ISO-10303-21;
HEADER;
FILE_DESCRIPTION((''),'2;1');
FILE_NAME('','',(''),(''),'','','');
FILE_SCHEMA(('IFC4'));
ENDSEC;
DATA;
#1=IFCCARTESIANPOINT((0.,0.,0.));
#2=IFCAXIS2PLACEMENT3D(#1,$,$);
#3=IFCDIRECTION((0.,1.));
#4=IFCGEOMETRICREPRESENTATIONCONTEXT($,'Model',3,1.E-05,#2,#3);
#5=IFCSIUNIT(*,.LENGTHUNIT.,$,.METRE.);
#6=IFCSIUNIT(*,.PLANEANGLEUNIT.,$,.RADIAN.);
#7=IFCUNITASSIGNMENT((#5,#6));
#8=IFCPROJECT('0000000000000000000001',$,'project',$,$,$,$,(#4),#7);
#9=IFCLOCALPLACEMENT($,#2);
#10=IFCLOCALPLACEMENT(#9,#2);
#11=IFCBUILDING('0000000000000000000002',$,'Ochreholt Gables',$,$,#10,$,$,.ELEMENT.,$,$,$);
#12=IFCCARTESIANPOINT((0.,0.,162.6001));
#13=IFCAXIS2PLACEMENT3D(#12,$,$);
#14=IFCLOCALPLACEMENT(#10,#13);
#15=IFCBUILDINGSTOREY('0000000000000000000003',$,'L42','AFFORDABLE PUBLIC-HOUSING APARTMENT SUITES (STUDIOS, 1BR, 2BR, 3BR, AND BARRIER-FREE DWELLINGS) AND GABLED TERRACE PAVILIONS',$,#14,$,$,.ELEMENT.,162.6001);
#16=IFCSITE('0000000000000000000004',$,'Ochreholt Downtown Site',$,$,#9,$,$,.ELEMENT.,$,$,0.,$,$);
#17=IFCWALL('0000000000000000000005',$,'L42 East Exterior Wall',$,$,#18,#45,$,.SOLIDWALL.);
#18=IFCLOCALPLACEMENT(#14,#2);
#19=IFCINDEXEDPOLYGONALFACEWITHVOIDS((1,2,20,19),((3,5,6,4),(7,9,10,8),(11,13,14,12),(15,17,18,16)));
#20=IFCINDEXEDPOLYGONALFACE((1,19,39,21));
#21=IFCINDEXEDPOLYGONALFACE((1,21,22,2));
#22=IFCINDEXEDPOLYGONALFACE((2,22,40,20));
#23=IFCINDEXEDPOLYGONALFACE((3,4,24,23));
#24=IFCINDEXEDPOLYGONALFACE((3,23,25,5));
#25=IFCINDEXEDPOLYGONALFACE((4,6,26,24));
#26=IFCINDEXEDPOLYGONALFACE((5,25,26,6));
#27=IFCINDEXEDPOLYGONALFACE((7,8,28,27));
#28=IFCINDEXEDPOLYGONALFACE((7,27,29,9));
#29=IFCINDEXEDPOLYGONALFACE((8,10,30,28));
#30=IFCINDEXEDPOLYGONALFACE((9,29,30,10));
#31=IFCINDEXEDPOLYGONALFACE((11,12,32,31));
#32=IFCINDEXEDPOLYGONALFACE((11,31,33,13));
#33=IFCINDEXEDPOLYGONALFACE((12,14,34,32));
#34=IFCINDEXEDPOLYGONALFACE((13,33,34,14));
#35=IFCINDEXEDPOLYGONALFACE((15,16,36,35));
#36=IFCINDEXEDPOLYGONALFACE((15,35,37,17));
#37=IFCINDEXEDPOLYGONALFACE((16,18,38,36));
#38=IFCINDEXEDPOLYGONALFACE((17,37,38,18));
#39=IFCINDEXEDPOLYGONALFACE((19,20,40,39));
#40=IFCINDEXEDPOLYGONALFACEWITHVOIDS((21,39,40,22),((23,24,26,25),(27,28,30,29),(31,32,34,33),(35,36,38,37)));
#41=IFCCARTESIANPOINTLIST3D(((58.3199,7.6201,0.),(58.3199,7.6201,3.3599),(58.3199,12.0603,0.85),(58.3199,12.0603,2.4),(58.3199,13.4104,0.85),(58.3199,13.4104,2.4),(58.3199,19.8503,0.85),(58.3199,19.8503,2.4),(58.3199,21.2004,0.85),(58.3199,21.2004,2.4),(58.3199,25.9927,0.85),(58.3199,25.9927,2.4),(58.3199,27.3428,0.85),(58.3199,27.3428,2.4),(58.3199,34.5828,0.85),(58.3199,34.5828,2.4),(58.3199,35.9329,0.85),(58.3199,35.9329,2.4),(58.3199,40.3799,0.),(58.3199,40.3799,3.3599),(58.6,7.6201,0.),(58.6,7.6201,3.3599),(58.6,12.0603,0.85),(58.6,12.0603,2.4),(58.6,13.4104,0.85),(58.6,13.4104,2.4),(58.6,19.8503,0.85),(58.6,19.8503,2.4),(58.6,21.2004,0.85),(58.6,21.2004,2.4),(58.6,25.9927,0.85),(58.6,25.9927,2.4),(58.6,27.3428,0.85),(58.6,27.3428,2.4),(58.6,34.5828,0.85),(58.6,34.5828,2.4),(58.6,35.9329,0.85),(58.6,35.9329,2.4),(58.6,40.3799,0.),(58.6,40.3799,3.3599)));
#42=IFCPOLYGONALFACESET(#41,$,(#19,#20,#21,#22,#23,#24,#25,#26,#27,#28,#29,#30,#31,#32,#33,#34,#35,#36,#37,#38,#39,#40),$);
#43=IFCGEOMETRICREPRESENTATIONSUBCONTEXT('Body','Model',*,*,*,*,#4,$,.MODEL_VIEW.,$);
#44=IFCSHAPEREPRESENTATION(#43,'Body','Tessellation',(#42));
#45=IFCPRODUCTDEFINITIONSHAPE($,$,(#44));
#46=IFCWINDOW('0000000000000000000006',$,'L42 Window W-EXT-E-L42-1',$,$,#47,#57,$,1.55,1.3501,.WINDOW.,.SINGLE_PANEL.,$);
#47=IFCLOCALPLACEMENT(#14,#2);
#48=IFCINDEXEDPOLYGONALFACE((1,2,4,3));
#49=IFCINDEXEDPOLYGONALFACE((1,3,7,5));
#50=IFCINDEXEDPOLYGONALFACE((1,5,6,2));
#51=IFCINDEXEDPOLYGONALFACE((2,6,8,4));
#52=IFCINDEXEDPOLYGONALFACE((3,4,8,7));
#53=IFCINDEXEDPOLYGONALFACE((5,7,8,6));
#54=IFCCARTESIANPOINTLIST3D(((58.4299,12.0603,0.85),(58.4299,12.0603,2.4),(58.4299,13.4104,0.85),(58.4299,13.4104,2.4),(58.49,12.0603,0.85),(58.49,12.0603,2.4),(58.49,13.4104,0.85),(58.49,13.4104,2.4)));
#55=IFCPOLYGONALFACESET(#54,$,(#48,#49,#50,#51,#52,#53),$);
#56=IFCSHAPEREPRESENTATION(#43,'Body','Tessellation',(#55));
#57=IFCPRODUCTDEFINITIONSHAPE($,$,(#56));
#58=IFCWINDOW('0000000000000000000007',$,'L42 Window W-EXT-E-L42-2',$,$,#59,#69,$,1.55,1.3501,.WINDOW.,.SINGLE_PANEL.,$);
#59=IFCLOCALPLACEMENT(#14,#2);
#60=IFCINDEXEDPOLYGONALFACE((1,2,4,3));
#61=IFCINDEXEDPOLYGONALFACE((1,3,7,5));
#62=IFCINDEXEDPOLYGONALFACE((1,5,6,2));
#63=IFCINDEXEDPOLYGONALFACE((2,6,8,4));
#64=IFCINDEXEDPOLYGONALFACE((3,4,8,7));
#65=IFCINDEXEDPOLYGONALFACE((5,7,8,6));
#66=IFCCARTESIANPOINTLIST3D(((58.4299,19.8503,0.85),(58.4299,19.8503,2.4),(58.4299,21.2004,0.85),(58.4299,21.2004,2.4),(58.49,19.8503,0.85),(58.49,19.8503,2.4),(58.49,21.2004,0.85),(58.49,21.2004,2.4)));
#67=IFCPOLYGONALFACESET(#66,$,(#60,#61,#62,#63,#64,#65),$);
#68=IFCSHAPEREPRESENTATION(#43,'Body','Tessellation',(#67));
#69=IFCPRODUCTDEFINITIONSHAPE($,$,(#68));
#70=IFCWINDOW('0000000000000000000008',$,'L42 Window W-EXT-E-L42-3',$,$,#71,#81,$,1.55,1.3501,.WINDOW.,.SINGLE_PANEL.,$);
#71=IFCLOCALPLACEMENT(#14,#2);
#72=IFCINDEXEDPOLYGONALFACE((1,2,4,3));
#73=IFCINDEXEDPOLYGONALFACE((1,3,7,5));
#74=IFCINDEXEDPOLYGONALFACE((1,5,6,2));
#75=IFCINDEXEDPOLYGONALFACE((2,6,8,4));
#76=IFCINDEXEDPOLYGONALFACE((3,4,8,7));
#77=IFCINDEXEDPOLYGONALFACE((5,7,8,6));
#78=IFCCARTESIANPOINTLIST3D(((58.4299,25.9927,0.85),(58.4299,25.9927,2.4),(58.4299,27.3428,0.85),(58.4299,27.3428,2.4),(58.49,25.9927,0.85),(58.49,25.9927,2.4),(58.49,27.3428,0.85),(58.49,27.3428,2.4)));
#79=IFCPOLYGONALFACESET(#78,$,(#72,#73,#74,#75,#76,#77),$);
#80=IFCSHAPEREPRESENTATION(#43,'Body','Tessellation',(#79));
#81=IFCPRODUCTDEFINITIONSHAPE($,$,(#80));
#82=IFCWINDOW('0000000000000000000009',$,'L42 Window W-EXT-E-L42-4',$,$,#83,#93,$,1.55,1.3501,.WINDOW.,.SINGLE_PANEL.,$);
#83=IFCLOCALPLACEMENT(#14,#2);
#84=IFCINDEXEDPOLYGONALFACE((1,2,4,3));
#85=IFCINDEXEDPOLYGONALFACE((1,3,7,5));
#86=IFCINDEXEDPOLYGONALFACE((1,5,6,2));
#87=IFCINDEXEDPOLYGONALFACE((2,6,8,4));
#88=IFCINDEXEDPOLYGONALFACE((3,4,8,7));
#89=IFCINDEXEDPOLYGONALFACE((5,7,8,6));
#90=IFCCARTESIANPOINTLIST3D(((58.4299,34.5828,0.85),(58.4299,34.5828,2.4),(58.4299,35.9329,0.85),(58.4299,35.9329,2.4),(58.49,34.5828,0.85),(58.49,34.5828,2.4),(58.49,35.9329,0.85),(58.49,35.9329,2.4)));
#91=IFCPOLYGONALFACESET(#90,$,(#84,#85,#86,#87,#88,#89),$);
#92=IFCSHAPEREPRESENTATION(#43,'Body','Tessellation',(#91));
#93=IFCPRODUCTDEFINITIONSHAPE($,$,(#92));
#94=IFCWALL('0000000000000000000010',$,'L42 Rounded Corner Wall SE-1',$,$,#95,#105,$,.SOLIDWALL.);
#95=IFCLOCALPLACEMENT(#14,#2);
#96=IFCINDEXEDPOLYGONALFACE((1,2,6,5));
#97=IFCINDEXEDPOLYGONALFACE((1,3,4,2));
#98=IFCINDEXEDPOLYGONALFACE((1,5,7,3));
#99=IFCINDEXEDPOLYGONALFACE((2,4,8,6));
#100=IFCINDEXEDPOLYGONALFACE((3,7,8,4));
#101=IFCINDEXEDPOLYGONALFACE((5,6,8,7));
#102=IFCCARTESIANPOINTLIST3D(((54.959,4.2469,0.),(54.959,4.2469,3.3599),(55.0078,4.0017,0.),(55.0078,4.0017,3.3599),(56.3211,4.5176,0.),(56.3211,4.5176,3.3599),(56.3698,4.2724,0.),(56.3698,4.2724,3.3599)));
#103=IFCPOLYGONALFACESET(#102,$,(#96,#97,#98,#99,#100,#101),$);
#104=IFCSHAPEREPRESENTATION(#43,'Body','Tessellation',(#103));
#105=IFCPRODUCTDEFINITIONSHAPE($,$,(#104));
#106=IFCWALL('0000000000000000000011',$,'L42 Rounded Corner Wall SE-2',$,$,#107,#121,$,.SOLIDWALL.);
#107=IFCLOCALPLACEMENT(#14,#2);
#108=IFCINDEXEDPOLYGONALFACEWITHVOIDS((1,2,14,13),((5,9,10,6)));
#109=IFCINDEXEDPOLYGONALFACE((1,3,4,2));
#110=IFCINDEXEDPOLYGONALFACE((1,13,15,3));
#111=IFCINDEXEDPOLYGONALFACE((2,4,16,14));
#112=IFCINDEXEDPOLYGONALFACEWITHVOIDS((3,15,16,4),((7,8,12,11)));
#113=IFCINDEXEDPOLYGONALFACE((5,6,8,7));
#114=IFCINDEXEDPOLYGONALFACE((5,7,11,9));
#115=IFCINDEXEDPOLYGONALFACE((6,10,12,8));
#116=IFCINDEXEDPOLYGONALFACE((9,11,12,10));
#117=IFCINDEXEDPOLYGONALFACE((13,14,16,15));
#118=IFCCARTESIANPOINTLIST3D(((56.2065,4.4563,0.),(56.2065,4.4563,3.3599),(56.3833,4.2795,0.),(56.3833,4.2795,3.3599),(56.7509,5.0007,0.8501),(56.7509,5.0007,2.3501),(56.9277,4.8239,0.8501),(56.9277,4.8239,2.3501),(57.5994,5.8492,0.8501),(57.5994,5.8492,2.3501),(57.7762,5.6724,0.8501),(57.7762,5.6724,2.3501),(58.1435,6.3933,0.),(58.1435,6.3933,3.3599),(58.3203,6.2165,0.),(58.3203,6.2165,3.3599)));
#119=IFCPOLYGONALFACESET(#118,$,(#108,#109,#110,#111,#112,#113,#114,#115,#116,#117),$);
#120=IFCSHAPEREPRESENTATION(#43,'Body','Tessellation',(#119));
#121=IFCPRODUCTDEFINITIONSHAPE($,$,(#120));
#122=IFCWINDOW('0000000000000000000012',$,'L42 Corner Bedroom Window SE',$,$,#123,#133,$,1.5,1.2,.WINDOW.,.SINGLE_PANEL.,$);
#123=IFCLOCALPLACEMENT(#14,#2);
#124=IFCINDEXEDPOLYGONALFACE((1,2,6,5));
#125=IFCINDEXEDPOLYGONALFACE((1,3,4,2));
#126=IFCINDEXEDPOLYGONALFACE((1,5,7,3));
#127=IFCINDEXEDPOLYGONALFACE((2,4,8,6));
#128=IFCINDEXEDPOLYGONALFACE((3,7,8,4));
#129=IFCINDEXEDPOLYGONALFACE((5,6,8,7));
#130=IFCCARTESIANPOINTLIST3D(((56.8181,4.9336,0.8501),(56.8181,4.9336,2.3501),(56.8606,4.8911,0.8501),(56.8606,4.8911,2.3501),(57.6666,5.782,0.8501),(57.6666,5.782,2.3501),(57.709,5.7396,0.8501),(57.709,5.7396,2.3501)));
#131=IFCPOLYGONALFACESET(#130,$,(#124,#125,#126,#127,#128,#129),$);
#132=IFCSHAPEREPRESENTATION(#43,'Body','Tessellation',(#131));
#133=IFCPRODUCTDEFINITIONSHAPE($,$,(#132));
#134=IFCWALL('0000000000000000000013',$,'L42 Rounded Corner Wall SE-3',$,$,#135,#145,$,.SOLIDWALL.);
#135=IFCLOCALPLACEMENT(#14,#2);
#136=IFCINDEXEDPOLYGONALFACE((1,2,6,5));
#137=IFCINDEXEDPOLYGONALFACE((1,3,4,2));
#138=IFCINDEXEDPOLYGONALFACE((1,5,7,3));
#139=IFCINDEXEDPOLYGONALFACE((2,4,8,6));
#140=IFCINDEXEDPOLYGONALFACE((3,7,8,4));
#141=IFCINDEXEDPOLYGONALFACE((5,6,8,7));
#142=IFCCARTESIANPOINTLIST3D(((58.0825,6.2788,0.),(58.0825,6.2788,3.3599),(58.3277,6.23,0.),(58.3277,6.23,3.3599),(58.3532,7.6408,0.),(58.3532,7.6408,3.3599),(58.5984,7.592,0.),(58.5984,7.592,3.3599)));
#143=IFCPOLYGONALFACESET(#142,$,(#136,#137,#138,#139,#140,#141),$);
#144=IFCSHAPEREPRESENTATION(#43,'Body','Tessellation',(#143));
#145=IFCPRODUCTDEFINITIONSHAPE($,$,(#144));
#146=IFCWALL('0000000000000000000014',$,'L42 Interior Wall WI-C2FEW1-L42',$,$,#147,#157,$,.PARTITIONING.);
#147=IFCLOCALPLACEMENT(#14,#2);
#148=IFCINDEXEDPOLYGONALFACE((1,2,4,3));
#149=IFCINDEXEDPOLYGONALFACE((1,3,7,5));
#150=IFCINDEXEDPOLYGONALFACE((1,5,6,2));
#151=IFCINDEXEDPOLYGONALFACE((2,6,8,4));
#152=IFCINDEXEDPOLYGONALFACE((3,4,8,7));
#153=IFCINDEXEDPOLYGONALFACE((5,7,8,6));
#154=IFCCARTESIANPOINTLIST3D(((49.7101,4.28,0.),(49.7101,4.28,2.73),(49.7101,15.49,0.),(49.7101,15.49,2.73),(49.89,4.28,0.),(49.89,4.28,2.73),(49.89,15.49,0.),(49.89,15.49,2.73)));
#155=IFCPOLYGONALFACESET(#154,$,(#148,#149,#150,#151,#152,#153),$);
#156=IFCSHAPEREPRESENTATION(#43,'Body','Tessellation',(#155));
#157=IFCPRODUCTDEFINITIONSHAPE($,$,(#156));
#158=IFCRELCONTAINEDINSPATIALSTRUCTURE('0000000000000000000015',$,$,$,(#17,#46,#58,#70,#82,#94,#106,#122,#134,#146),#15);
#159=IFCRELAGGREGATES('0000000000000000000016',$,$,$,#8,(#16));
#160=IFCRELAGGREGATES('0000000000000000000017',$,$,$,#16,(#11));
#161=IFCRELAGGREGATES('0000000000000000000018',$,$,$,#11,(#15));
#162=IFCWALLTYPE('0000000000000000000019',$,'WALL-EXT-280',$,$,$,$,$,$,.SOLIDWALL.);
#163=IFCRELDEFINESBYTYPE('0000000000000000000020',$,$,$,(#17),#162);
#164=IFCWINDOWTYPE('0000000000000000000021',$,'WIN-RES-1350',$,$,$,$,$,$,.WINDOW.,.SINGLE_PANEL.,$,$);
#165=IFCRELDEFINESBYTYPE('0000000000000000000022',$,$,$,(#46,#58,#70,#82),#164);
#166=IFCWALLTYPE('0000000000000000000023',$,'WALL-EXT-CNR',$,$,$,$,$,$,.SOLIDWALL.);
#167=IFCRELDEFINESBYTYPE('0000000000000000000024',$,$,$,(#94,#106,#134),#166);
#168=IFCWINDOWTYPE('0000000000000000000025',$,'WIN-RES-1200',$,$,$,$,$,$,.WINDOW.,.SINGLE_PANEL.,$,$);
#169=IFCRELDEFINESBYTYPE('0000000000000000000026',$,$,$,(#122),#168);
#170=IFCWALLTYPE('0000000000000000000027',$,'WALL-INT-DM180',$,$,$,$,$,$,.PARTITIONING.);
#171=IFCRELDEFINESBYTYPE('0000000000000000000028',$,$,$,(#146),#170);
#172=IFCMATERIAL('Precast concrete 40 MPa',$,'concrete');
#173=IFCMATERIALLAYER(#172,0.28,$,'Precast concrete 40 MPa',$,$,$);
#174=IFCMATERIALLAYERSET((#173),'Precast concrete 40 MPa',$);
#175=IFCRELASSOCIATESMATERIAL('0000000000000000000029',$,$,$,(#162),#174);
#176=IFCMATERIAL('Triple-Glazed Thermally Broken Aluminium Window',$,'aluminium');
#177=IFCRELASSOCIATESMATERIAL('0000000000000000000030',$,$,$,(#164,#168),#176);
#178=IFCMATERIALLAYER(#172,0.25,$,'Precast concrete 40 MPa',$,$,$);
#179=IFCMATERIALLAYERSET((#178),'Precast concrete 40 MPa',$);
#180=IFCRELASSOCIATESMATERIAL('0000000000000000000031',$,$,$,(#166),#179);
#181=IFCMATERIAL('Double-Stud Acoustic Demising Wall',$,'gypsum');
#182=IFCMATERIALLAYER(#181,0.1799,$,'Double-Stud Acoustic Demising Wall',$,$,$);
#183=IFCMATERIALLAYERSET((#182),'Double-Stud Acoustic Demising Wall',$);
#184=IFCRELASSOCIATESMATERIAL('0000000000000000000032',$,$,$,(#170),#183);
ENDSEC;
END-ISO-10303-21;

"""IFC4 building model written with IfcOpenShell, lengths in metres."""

from ifc_helpers import new_model, si_unit, direction, frame, frame_2d, origin, place, context, subcontext, project, spatial, rectangle, extrude, material, layer, layer_set, type_object, element, fill, save


model = new_model("IFC4")

# Units and contexts
model_context = context("Model", 3, precision=1e-05, world=origin(), true_north=direction((0.0, 1.0)))
body_context = subcontext(model_context, "Body", "Model", "MODEL_VIEW")
ifc_project = project(units=[si_unit("LENGTHUNIT", "METRE"), si_unit("PLANEANGLEUNIT", "RADIAN")], contexts=[model_context])

# Site, building, storey
site_placement = place(None, origin())
site = spatial("IfcSite", under=ifc_project, at=site_placement, Name="Ochreholt Downtown Site", CompositionType="ELEMENT", RefElevation=0.0)
building_placement = place(site_placement, origin())
building = spatial("IfcBuilding", under=site, at=building_placement, Name="Ochreholt Gables", CompositionType="ELEMENT")
storey_placement = place(building_placement, frame((0.0, 0.0, 162.6001)))
storey = spatial("IfcBuildingStorey", under=building, at=storey_placement, Name="L42", Description="AFFORDABLE PUBLIC-HOUSING APARTMENT SUITES (STUDIOS, 1BR, 2BR, 3BR, AND BARRIER-FREE DWELLINGS) AND GABLED TERRACE PAVILIONS", CompositionType="ELEMENT", Elevation=162.6001)

# Wall, openings, windows
ifc_material_1 = material(Name="Precast concrete 40 MPa", Category="concrete")
ifc_layer_1 = layer(ifc_material_1, 0.28, Name="Precast concrete 40 MPa")
ifc_layer_set_1 = layer_set([ifc_layer_1], Name="Precast concrete 40 MPa")
wall_type_1 = type_object("IfcWallType", Name="WALL-EXT-280", PredefinedType="SOLIDWALL", material=ifc_layer_set_1)
wall_1_placement = place(storey_placement, frame((58.46, 7.6201, 0.0), z_axis=(0.0, 0.0, 1.0), x_axis=(0.0, 1.0, 0.0)))
wall_1 = element("IfcWall", 1, at=wall_1_placement, inside=storey, type_object=wall_type_1, Name="L42 East Exterior Wall", PredefinedType="SOLIDWALL", context=body_context, shape_type="SweptSolid", body=[
    extrude(rectangle(XDim=32.7598, YDim=0.28, at=frame_2d((16.3799, 0.0))), origin(), (0.0, 0.0, 1.0), 3.3599),
])
opening_1_placement = place(wall_1_placement, frame((4.4402, 0.0, 0.8501)))
opening_1 = element("IfcOpeningElement", 2, at=opening_1_placement, cuts=wall_1, PredefinedType="OPENING", context=body_context, shape_type="SweptSolid", body=[
    extrude(rectangle(XDim=1.3501, YDim=1.55, at=frame_2d((0.675, 0.7749))), frame((0.0, 0.1499, 0.0), z_axis=(0.0, -1.0, 0.0), x_axis=(1.0, 0.0, 0.0)), (0.0, 0.0, 1.0), 0.3),
])
opening_2_placement = place(wall_1_placement, frame((12.2302, 0.0, 0.8501)))
opening_2 = element("IfcOpeningElement", 3, at=opening_2_placement, cuts=wall_1, PredefinedType="OPENING", context=body_context, shape_type="SweptSolid", body=[
    extrude(rectangle(XDim=1.3501, YDim=1.55, at=frame_2d((0.675, 0.7749))), frame((0.0, 0.1499, 0.0), z_axis=(0.0, -1.0, 0.0), x_axis=(1.0, 0.0, 0.0)), (0.0, 0.0, 1.0), 0.3),
])
opening_3_placement = place(wall_1_placement, frame((18.3726, 0.0, 0.8501)))
opening_3 = element("IfcOpeningElement", 4, at=opening_3_placement, cuts=wall_1, PredefinedType="OPENING", context=body_context, shape_type="SweptSolid", body=[
    extrude(rectangle(XDim=1.3501, YDim=1.55, at=frame_2d((0.675, 0.7749))), frame((0.0, 0.1499, 0.0), z_axis=(0.0, -1.0, 0.0), x_axis=(1.0, 0.0, 0.0)), (0.0, 0.0, 1.0), 0.3),
])
opening_4_placement = place(wall_1_placement, frame((26.9626, 0.0, 0.8501)))
opening_4 = element("IfcOpeningElement", 5, at=opening_4_placement, cuts=wall_1, PredefinedType="OPENING", context=body_context, shape_type="SweptSolid", body=[
    extrude(rectangle(XDim=1.3501, YDim=1.55, at=frame_2d((0.675, 0.7749))), frame((0.0, 0.1499, 0.0), z_axis=(0.0, -1.0, 0.0), x_axis=(1.0, 0.0, 0.0)), (0.0, 0.0, 1.0), 0.3),
])
ifc_material_2 = material(Name="Triple-Glazed Thermally Broken Aluminium Window", Category="aluminium")
window_type_1 = type_object("IfcWindowType", Name="WIN-RES-1350", PartitioningType="SINGLE_PANEL", PredefinedType="WINDOW", material=ifc_material_2)
window_1_placement = place(opening_1_placement, origin())
window_1 = element("IfcWindow", 6, at=window_1_placement, inside=storey, type_object=window_type_1, Name="L42 Window W-EXT-E-L42-1", OverallHeight=1.55, OverallWidth=1.3501, PartitioningType="SINGLE_PANEL", PredefinedType="WINDOW", context=body_context, shape_type="SweptSolid", body=[
    extrude(rectangle(XDim=1.3501, YDim=1.55, at=frame_2d((0.675, 0.7749))), frame((0.0, 0.03, 0.0), z_axis=(0.0, -1.0, 0.0), x_axis=(1.0, 0.0, 0.0)), (0.0, 0.0, 1.0), 0.0601),
])
fill(opening_1, window_1)
window_2_placement = place(opening_2_placement, origin())
window_2 = element("IfcWindow", 7, at=window_2_placement, inside=storey, type_object=window_type_1, Name="L42 Window W-EXT-E-L42-2", OverallHeight=1.55, OverallWidth=1.3501, PartitioningType="SINGLE_PANEL", PredefinedType="WINDOW", context=body_context, shape_type="SweptSolid", body=[
    extrude(rectangle(XDim=1.3501, YDim=1.55, at=frame_2d((0.675, 0.7749))), frame((0.0, 0.03, 0.0), z_axis=(0.0, -1.0, 0.0), x_axis=(1.0, 0.0, 0.0)), (0.0, 0.0, 1.0), 0.0601),
])
fill(opening_2, window_2)
window_3_placement = place(opening_3_placement, origin())
window_3 = element("IfcWindow", 8, at=window_3_placement, inside=storey, type_object=window_type_1, Name="L42 Window W-EXT-E-L42-3", OverallHeight=1.55, OverallWidth=1.3501, PartitioningType="SINGLE_PANEL", PredefinedType="WINDOW", context=body_context, shape_type="SweptSolid", body=[
    extrude(rectangle(XDim=1.3501, YDim=1.55, at=frame_2d((0.675, 0.7749))), frame((0.0, 0.03, 0.0), z_axis=(0.0, -1.0, 0.0), x_axis=(1.0, 0.0, 0.0)), (0.0, 0.0, 1.0), 0.0601),
])
fill(opening_3, window_3)
window_4_placement = place(opening_4_placement, origin())
window_4 = element("IfcWindow", 9, at=window_4_placement, inside=storey, type_object=window_type_1, Name="L42 Window W-EXT-E-L42-4", OverallHeight=1.55, OverallWidth=1.3501, PartitioningType="SINGLE_PANEL", PredefinedType="WINDOW", context=body_context, shape_type="SweptSolid", body=[
    extrude(rectangle(XDim=1.3501, YDim=1.55, at=frame_2d((0.675, 0.7749))), frame((0.0, 0.03, 0.0), z_axis=(0.0, -1.0, 0.0), x_axis=(1.0, 0.0, 0.0)), (0.0, 0.0, 1.0), 0.0601),
])
fill(opening_4, window_4)

# Wall
ifc_layer_2 = layer(ifc_material_1, 0.25, Name="Precast concrete 40 MPa")
ifc_layer_set_2 = layer_set([ifc_layer_2], Name="Precast concrete 40 MPa")
wall_type_2 = type_object("IfcWallType", Name="WALL-EXT-CNR", PredefinedType="SOLIDWALL", material=ifc_layer_set_2)
wall_2_placement = place(storey_placement, frame((54.9834, 4.1243, 0.0), z_axis=(0.0, 0.0, 1.0), x_axis=(0.98081, 0.194967, 0.0)))
element("IfcWall", 10, at=wall_2_placement, inside=storey, type_object=wall_type_2, Name="L42 Rounded Corner Wall SE-1", PredefinedType="SOLIDWALL", context=body_context, shape_type="SweptSolid", body=[
    extrude(rectangle(XDim=1.3887, YDim=0.25, at=frame_2d((0.6943, 0.0))), origin(), (0.0, 0.0, 1.0), 3.3599),
])

# Wall, opening, window
wall_3_placement = place(storey_placement, frame((56.2949, 4.3679, 0.0), z_axis=(0.0, 0.0, 1.0), x_axis=(0.707107, 0.707107, 0.0)))
wall_3 = element("IfcWall", 11, at=wall_3_placement, inside=storey, type_object=wall_type_2, Name="L42 Rounded Corner Wall SE-2", PredefinedType="SOLIDWALL", context=body_context, shape_type="SweptSolid", body=[
    extrude(rectangle(XDim=2.7393, YDim=0.25, at=frame_2d((1.3696, 0.0))), origin(), (0.0, 0.0, 1.0), 3.3599),
])
opening_5_placement = place(wall_3_placement, frame((0.7698, 0.0, 0.8501)))
opening_5 = element("IfcOpeningElement", 12, at=opening_5_placement, cuts=wall_3, PredefinedType="OPENING", context=body_context, shape_type="SweptSolid", body=[
    extrude(rectangle(XDim=1.2, YDim=1.5, at=frame_2d((0.6001, 0.75))), frame((0.0, 0.135, 0.0), z_axis=(0.0, -1.0, 0.0), x_axis=(1.0, 0.0, 0.0)), (0.0, 0.0, 1.0), 0.27),
])
window_type_2 = type_object("IfcWindowType", Name="WIN-RES-1200", PartitioningType="SINGLE_PANEL", PredefinedType="WINDOW", material=ifc_material_2)
window_5_placement = place(opening_5_placement, origin())
window_5 = element("IfcWindow", 13, at=window_5_placement, inside=storey, type_object=window_type_2, Name="L42 Corner Bedroom Window SE", OverallHeight=1.5, OverallWidth=1.2, PartitioningType="SINGLE_PANEL", PredefinedType="WINDOW", context=body_context, shape_type="SweptSolid", body=[
    extrude(rectangle(XDim=1.2, YDim=1.5, at=frame_2d((0.6001, 0.75))), frame((0.0, 0.03, 0.0), z_axis=(0.0, -1.0, 0.0), x_axis=(1.0, 0.0, 0.0)), (0.0, 0.0, 1.0), 0.0601),
])
fill(opening_5, window_5)

# Walls
wall_4_placement = place(storey_placement, frame((58.2051, 6.2544, 0.0), z_axis=(0.0, 0.0, 1.0), x_axis=(0.194967, 0.98081, 0.0)))
element("IfcWall", 14, at=wall_4_placement, inside=storey, type_object=wall_type_2, Name="L42 Rounded Corner Wall SE-3", PredefinedType="SOLIDWALL", context=body_context, shape_type="SweptSolid", body=[
    extrude(rectangle(XDim=1.3887, YDim=0.25, at=frame_2d((0.6943, 0.0))), origin(), (0.0, 0.0, 1.0), 3.3599),
])
ifc_material_3 = material(Name="Double-Stud Acoustic Demising Wall", Category="gypsum")
ifc_layer_3 = layer(ifc_material_3, 0.1799, Name="Double-Stud Acoustic Demising Wall")
ifc_layer_set_3 = layer_set([ifc_layer_3], Name="Double-Stud Acoustic Demising Wall")
wall_type_3 = type_object("IfcWallType", Name="WALL-INT-DM180", PredefinedType="PARTITIONING", material=ifc_layer_set_3)
wall_5_placement = place(storey_placement, frame((49.8, 4.28, 0.0), z_axis=(0.0, 0.0, 1.0), x_axis=(0.0, 1.0, 0.0)))
element("IfcWall", 15, at=wall_5_placement, inside=storey, type_object=wall_type_3, Name="L42 Interior Wall WI-C2FEW1-L42", PredefinedType="PARTITIONING", context=body_context, shape_type="SweptSolid", body=[
    extrude(rectangle(XDim=11.21, YDim=0.1799, at=frame_2d((5.605, 0.0))), origin(), (0.0, 0.0, 1.0), 2.73),
])

save(model, "model.ifc")
